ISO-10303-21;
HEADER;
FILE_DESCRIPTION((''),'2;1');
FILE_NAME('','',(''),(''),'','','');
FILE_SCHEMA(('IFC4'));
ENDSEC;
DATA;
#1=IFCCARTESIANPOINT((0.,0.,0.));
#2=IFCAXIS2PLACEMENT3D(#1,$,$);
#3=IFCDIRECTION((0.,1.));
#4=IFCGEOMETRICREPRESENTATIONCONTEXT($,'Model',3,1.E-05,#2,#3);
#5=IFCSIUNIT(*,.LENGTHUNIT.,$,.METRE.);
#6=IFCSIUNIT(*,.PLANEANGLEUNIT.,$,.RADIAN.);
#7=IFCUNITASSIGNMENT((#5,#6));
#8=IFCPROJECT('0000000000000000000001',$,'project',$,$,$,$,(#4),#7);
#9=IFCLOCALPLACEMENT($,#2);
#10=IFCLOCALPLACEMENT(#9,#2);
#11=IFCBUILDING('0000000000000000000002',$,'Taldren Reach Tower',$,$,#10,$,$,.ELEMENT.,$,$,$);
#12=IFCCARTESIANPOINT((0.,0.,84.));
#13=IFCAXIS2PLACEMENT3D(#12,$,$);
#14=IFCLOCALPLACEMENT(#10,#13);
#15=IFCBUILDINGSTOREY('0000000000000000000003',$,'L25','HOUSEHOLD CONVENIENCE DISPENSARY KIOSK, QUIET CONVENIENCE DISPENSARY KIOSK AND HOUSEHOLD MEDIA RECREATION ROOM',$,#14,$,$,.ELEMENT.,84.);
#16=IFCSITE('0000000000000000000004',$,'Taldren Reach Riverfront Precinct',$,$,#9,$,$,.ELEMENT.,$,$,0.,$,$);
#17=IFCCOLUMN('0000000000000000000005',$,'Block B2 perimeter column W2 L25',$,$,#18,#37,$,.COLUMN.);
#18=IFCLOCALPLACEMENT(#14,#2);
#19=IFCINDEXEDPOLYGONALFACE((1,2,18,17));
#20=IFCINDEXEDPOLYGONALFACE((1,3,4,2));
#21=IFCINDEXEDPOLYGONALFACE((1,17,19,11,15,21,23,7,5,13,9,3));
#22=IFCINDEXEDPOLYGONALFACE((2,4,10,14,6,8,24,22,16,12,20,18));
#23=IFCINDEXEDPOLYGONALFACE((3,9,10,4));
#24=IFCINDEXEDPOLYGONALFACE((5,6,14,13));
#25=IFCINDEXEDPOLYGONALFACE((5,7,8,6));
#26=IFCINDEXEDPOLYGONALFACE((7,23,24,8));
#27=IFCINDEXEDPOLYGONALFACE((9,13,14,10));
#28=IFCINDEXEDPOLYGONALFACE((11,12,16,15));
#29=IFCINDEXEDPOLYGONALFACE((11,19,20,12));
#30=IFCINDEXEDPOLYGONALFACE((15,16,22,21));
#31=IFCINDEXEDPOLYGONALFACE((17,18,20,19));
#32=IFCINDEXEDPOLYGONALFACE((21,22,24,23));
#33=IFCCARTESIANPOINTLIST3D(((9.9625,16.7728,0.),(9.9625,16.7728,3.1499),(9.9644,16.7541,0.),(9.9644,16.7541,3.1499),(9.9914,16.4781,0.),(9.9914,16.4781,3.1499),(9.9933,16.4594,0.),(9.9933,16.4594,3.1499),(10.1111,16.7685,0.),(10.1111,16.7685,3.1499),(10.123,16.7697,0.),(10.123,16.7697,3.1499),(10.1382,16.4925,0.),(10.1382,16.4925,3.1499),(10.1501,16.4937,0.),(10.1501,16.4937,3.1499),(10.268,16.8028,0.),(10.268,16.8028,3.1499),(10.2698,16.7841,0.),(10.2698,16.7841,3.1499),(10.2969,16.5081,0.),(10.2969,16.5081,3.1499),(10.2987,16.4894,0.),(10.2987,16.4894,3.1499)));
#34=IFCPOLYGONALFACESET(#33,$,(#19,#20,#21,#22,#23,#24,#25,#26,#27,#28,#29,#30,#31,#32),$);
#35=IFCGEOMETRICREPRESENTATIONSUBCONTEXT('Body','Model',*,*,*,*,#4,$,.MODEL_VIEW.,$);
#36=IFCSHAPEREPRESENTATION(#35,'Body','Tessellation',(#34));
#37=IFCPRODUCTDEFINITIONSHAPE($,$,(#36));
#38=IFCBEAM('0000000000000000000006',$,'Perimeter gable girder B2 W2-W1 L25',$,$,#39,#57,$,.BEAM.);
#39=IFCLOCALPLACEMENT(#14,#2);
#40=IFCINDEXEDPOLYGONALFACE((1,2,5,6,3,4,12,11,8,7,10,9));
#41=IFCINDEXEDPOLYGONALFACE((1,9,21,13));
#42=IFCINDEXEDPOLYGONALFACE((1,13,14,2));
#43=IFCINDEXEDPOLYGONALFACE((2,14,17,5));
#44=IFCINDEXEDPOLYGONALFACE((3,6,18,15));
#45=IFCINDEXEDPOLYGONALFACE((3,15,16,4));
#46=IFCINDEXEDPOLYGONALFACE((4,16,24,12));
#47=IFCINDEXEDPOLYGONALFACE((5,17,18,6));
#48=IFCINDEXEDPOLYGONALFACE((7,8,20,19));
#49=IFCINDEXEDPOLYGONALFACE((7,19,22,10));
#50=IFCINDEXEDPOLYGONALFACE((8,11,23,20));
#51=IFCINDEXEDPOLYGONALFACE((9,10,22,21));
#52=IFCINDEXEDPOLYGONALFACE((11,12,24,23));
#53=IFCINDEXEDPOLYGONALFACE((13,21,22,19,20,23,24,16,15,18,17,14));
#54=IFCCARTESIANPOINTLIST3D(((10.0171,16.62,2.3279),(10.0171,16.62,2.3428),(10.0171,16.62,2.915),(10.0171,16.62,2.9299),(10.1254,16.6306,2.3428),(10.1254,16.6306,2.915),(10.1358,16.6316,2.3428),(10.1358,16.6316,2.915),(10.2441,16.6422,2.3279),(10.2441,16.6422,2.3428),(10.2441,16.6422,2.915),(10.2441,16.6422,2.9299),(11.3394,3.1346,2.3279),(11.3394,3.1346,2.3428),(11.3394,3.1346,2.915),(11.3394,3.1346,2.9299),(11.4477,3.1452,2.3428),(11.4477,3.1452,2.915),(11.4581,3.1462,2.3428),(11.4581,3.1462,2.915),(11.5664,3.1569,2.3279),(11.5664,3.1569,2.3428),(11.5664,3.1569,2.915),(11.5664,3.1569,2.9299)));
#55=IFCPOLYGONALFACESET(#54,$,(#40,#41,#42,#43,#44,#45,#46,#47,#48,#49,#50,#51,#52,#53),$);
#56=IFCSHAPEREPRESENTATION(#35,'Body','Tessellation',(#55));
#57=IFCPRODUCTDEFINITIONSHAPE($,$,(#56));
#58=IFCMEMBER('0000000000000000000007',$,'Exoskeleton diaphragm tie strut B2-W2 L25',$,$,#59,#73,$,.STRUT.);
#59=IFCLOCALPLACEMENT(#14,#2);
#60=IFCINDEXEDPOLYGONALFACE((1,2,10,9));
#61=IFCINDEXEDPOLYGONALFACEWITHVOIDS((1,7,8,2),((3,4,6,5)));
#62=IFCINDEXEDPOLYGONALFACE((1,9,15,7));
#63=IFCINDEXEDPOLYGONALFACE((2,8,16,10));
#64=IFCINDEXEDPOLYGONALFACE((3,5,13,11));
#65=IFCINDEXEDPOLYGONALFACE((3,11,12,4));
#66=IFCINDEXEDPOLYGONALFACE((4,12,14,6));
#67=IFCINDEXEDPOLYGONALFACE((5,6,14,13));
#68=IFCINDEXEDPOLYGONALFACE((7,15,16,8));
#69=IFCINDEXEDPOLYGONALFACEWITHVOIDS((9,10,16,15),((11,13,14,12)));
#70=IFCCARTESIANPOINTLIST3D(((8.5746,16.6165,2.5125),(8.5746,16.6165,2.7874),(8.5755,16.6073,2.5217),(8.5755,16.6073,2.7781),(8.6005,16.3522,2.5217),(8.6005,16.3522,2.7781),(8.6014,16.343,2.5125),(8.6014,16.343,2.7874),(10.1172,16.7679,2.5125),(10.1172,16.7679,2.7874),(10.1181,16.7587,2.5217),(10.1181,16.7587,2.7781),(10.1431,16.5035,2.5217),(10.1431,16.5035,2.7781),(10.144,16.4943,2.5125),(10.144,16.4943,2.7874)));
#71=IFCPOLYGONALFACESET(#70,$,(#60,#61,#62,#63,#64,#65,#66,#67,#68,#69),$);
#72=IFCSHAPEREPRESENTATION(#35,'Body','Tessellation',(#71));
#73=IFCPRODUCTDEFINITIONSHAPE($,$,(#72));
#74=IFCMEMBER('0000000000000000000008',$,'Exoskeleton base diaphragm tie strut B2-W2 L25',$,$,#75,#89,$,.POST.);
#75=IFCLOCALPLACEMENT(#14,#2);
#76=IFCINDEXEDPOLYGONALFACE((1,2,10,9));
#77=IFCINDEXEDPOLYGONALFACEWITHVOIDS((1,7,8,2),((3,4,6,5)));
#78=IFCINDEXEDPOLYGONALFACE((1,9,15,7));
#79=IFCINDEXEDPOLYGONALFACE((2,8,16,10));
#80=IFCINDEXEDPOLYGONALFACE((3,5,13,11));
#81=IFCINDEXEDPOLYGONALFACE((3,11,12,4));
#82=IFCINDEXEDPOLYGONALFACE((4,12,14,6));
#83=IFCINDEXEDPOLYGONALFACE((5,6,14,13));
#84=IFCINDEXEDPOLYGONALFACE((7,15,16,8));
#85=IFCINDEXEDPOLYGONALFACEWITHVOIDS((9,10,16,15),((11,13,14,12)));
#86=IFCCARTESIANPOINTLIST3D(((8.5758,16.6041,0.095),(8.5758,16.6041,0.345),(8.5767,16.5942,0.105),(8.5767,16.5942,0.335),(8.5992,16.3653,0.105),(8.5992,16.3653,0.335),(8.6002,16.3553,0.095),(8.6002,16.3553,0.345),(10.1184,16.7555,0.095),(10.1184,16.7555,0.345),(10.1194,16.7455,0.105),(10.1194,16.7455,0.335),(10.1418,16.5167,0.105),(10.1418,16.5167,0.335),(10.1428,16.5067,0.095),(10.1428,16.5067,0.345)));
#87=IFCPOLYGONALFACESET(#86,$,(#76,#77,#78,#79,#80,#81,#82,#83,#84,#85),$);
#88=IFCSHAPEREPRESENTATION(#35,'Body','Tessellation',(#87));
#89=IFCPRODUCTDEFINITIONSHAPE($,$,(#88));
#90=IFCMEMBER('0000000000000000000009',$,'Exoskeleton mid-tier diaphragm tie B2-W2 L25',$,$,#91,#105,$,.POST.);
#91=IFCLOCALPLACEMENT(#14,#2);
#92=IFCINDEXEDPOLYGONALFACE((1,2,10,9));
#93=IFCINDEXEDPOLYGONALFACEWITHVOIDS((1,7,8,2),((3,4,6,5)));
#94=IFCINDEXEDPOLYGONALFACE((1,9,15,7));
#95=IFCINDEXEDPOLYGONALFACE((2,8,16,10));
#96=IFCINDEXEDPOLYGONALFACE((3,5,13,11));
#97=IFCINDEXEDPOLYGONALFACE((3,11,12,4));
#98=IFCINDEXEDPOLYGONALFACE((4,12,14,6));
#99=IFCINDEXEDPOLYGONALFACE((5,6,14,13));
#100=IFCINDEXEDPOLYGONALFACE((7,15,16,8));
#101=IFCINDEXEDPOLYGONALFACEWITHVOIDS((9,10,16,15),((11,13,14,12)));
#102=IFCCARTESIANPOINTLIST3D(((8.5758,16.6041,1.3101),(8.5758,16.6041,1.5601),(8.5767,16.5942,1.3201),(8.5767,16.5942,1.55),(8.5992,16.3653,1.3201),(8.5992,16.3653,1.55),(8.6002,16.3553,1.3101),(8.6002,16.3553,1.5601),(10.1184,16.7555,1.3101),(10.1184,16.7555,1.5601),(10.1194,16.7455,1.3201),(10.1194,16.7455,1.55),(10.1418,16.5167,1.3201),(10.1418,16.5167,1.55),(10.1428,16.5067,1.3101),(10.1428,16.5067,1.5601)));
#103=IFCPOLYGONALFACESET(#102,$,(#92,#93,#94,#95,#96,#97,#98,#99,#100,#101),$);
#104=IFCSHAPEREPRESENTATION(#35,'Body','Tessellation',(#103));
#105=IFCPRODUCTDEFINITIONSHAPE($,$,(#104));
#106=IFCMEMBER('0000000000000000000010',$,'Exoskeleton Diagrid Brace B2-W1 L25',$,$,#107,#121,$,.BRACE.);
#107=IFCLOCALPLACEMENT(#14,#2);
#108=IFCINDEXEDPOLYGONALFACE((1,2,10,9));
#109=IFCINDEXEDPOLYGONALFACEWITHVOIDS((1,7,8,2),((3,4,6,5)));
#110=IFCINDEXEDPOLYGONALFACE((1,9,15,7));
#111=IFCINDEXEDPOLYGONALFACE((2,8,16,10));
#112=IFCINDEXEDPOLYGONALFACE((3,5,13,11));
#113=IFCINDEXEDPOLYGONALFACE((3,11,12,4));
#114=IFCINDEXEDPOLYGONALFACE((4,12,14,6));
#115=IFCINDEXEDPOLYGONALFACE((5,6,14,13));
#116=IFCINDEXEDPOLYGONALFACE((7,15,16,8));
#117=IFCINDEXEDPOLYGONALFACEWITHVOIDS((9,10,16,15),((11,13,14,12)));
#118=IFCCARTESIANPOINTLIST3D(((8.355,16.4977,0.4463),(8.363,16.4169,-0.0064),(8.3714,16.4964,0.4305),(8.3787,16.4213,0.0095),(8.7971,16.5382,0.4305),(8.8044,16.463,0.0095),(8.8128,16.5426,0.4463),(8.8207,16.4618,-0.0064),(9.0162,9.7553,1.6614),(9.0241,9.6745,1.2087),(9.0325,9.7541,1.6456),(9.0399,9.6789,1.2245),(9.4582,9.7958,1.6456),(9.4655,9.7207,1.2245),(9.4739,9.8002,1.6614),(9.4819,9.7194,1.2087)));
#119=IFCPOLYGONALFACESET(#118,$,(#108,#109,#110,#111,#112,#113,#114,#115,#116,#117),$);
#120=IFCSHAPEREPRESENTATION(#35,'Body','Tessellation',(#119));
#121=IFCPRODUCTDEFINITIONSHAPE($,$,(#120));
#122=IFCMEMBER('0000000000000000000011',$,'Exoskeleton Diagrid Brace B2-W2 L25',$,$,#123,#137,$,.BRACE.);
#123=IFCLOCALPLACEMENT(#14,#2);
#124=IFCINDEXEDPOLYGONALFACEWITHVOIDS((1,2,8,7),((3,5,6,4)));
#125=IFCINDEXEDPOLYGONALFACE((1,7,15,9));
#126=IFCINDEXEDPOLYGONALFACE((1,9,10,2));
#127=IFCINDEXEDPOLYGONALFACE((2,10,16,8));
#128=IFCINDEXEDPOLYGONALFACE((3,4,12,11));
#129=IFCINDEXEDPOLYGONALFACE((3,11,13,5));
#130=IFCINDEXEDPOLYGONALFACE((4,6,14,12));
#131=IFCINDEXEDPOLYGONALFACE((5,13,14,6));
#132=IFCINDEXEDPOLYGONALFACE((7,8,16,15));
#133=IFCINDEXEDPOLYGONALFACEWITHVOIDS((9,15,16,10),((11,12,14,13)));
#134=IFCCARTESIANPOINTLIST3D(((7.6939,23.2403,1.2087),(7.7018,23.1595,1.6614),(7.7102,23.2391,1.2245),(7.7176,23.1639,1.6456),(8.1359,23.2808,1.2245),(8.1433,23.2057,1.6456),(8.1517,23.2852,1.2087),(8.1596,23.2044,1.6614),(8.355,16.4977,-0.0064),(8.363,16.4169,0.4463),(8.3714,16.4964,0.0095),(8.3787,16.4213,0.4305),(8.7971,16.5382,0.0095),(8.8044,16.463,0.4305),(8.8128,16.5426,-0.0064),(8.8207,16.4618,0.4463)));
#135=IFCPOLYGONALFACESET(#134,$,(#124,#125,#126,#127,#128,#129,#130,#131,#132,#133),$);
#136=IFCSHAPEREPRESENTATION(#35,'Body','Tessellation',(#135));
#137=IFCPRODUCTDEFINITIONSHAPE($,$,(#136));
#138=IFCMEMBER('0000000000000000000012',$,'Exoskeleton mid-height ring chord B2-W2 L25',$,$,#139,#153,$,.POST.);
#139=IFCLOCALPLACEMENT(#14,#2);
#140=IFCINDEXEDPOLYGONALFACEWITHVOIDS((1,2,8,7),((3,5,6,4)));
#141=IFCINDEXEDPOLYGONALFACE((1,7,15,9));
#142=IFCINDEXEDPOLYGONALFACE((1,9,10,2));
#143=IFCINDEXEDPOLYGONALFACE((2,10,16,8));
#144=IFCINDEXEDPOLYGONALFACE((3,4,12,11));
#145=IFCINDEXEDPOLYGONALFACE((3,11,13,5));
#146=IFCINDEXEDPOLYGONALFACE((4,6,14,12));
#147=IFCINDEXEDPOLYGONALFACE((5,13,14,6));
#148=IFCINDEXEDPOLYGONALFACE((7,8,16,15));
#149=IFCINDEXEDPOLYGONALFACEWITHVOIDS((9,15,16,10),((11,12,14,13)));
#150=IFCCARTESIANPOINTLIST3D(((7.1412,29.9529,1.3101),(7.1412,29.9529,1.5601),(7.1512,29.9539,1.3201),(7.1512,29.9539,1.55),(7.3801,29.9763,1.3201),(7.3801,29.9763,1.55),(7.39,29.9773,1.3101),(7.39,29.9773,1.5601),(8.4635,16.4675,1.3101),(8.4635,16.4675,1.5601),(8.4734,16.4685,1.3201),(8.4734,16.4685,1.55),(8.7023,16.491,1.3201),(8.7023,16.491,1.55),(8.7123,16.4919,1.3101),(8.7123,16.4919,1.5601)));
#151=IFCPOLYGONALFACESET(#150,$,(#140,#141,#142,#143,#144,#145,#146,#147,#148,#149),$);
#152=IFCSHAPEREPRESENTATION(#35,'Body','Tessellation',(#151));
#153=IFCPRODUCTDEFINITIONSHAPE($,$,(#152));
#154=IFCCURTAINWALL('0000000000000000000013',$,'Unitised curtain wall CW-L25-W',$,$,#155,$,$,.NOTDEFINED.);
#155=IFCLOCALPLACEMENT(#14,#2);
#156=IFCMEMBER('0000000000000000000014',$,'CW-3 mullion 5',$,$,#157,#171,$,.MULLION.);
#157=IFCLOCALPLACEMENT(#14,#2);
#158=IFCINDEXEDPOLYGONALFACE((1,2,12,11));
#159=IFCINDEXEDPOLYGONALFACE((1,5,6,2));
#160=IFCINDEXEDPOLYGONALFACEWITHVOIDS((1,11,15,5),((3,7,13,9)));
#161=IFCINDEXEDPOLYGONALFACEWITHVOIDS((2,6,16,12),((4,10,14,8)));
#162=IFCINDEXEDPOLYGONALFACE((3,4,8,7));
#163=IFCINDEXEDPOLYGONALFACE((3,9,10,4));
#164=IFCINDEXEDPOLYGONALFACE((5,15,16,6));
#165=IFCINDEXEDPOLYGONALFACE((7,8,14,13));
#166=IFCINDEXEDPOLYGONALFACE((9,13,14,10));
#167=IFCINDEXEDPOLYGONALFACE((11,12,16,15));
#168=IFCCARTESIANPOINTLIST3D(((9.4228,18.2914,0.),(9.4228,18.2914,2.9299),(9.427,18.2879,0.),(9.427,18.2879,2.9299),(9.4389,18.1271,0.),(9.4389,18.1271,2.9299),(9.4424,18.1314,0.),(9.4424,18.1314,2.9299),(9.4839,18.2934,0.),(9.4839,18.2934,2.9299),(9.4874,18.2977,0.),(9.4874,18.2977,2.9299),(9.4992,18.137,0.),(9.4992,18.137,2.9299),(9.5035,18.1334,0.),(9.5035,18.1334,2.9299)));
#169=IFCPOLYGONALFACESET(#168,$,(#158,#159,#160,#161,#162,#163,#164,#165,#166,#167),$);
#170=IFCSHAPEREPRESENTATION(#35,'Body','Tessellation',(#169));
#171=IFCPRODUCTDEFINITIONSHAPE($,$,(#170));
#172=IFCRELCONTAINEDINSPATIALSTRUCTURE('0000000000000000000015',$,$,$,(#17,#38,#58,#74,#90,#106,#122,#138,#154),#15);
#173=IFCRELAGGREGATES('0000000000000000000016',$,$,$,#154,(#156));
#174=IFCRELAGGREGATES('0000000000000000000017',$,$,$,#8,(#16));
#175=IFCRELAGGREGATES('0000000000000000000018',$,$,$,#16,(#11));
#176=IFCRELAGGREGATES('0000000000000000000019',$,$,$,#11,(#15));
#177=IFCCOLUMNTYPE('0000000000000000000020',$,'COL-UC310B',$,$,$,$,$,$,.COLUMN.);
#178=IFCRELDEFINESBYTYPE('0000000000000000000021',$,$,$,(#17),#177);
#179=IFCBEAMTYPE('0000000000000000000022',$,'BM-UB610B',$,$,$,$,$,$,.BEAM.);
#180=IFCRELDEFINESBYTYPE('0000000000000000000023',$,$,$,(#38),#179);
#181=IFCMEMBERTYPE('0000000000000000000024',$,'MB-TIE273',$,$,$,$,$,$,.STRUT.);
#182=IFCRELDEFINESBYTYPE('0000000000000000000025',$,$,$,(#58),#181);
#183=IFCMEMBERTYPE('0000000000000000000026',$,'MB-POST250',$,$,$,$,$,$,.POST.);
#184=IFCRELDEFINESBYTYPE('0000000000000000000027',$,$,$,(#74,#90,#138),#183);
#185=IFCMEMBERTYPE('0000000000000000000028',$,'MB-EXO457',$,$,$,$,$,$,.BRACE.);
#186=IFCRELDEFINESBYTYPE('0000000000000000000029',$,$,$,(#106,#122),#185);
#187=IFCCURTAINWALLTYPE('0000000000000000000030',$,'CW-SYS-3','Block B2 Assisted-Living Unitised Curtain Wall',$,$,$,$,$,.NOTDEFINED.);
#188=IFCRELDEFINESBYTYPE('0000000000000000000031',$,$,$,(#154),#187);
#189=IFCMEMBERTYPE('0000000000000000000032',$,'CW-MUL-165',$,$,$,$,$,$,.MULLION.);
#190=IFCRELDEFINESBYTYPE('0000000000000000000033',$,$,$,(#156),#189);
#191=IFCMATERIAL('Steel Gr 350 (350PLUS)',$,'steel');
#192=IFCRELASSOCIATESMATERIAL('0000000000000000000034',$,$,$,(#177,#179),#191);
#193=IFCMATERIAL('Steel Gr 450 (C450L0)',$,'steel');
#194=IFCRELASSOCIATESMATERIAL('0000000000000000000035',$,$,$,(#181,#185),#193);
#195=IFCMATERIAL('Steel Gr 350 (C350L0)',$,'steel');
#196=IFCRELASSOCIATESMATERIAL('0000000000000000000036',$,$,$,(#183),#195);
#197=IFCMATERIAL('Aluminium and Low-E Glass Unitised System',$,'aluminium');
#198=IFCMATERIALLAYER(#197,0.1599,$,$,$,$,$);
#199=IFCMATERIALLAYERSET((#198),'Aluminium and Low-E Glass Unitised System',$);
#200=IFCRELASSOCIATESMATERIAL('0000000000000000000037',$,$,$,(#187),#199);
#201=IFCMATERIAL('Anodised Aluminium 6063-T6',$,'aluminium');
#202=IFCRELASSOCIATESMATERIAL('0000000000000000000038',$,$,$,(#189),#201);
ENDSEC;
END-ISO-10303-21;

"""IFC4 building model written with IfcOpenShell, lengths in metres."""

from ifc_helpers import new_model, si_unit, direction, frame, origin, origin_2d, place, context, subcontext, project, spatial, hollow_rectangle, i_section, extrude, source, transform, mapped, material, layer, layer_set, material_profile, profile_set, type_object, element, aggregate, save


model = new_model("IFC4")

# Units and contexts
model_context = context("Model", 3, precision=1e-05, world=origin(), true_north=direction((0.0, 1.0)))
body_context = subcontext(model_context, "Body", "Model", "MODEL_VIEW")
ifc_project = project(units=[si_unit("LENGTHUNIT", "METRE"), si_unit("PLANEANGLEUNIT", "RADIAN")], contexts=[model_context])

# Site, building, storey
site_placement = place(None, origin())
site = spatial("IfcSite", under=ifc_project, at=site_placement, Name="Taldren Reach Riverfront Precinct", CompositionType="ELEMENT", RefElevation=0.0)
building_placement = place(site_placement, origin())
building = spatial("IfcBuilding", under=site, at=building_placement, Name="Taldren Reach Tower", CompositionType="ELEMENT")
storey_placement = place(building_placement, frame((0.0, 0.0, 84.0)))
storey = spatial("IfcBuildingStorey", under=building, at=storey_placement, Name="L25", Description="HOUSEHOLD CONVENIENCE DISPENSARY KIOSK, QUIET CONVENIENCE DISPENSARY KIOSK AND HOUSEHOLD MEDIA RECREATION ROOM", CompositionType="ELEMENT", Elevation=84.0)

# Column
ifc_material_1 = material(Name="Steel Gr 350 (350PLUS)", Category="steel")
ifc_material_profile_1 = material_profile(ifc_material_1, i_section(OverallWidth=0.3069, OverallDepth=0.3149, WebThickness=0.012, FlangeThickness=0.0188, at=origin_2d()), Name="310UC118")
ifc_profile_set_1 = profile_set([ifc_material_profile_1], Name="Steel Gr 350 (350PLUS)")
column_type = type_object("IfcColumnType", Name="COL-UC310B", PredefinedType="COLUMN", material=ifc_profile_set_1)
shared_shape_1 = source(origin(), body_context, "Body", "SweptSolid", [
    extrude(i_section(OverallWidth=0.3069, OverallDepth=0.3149, WebThickness=0.012, FlangeThickness=0.0188, at=origin_2d()), origin(), (0.0, 0.0, 1.0), 3.1499),
])
column_placement = place(storey_placement, frame((10.1306, 16.6311, 0.0), z_axis=(0.0, 0.0, 1.0), x_axis=(0.995227, 0.097583, 0.0)))
element("IfcColumn", 1, at=column_placement, inside=storey, type_object=column_type, Name="Block B2 perimeter column W2 L25", PredefinedType="COLUMN", context=body_context, shape_type="MappedRepresentation", body=[
    mapped(shared_shape_1, transform((0.0, 0.0, 0.0), scale=1.0)),
])

# Beam
ifc_material_profile_2 = material_profile(ifc_material_1, i_section(OverallWidth=0.228, OverallDepth=0.6021, WebThickness=0.0105, FlangeThickness=0.0149, at=origin_2d()), Name="610UB101")
ifc_profile_set_2 = profile_set([ifc_material_profile_2], Name="Steel Gr 350 (350PLUS)")
beam_type = type_object("IfcBeamType", Name="BM-UB610B", PredefinedType="BEAM", material=ifc_profile_set_2)
shared_shape_2 = source(origin(), body_context, "Body", "SweptSolid", [
    extrude(i_section(OverallWidth=0.228, OverallDepth=0.6021, WebThickness=0.0105, FlangeThickness=0.0149, at=origin_2d()), origin(), (0.0, 0.0, 1.0), 13.55),
])
beam_placement = place(storey_placement, frame((10.1306, 16.6311, 2.6289), z_axis=(0.097584, -0.995227, 0.0), x_axis=(0.995227, 0.097584, 0.0)))
element("IfcBeam", 2, at=beam_placement, inside=storey, type_object=beam_type, Name="Perimeter gable girder B2 W2-W1 L25", PredefinedType="BEAM", context=body_context, shape_type="MappedRepresentation", body=[
    mapped(shared_shape_2, transform((0.0, 0.0, 0.0), scale=1.0)),
])

# Members
ifc_material_2 = material(Name="Steel Gr 450 (C450L0)", Category="steel")
ifc_material_profile_3 = material_profile(ifc_material_2, hollow_rectangle(XDim=0.2749, YDim=0.2749, WallThickness=0.0093, at=origin_2d()), Name="275x275x9.3SHS")
ifc_profile_set_3 = profile_set([ifc_material_profile_3], Name="Steel Gr 450 (C450L0)")
member_type_1 = type_object("IfcMemberType", Name="MB-TIE273", PredefinedType="STRUT", material=ifc_profile_set_3)
shared_shape_3 = source(origin(), body_context, "Body", "SweptSolid", [
    extrude(hollow_rectangle(XDim=0.2749, YDim=0.2749, WallThickness=0.0093, at=origin_2d()), origin(), (0.0, 0.0, 1.0), 1.55),
])
member_1_placement = place(storey_placement, frame((10.1306, 16.6311, 2.6499), z_axis=(-0.995221, -0.097648, 0.0), x_axis=(0.097648, -0.995221, 0.0)))
element("IfcMember", 3, at=member_1_placement, inside=storey, type_object=member_type_1, Name="Exoskeleton diaphragm tie strut B2-W2 L25", PredefinedType="STRUT", context=body_context, shape_type="MappedRepresentation", body=[
    mapped(shared_shape_3, transform((0.0, 0.0, 0.0), scale=1.0)),
])
ifc_material_3 = material(Name="Steel Gr 350 (C350L0)", Category="steel")
ifc_material_profile_4 = material_profile(ifc_material_3, hollow_rectangle(XDim=0.25, YDim=0.25, WallThickness=0.01, at=origin_2d()), Name="250x250x10.0SHS")
ifc_profile_set_4 = profile_set([ifc_material_profile_4], Name="Steel Gr 350 (C350L0)")
member_type_2 = type_object("IfcMemberType", Name="MB-POST250", PredefinedType="POST", material=ifc_profile_set_4)
shared_shape_4 = source(origin(), body_context, "Body", "SweptSolid", [
    extrude(hollow_rectangle(XDim=0.25, YDim=0.25, WallThickness=0.01, at=origin_2d()), origin(), (0.0, 0.0, 1.0), 1.55),
])
for number, where, z_axis, x_axis, name in (
    (4, (10.1306, 16.6311, 0.22), (-0.995221, -0.097648, 0.0), (0.097648, -0.995221, 0.0), "Exoskeleton base diaphragm tie strut B2-W2 L25"),
    (5, (10.1306, 16.6311, 1.4351), (-0.995221, -0.097648, 0.0), (0.097648, -0.995221, 0.0), "Exoskeleton mid-tier diaphragm tie B2-W2 L25"),
):
    element("IfcMember", number, at=place(storey_placement, frame(where, z_axis=z_axis, x_axis=x_axis)), inside=storey, type_object=member_type_2, Name=name, PredefinedType="POST", context=body_context, shape_type="MappedRepresentation", body=[
        mapped(shared_shape_4, transform((0.0, 0.0, 0.0), scale=1.0)),
    ])
ifc_material_profile_5 = material_profile(ifc_material_2, hollow_rectangle(XDim=0.46, YDim=0.46, WallThickness=0.0161, at=origin_2d()), Name="460x460x16.0SHS")
ifc_profile_set_5 = profile_set([ifc_material_profile_5], Name="Steel Gr 450 (C450L0)")
member_type_3 = type_object("IfcMemberType", Name="MB-EXO457", PredefinedType="BRACE", material=ifc_profile_set_5)
shared_shape_5 = source(origin(), body_context, "Body", "SweptSolid", [
    extrude(hollow_rectangle(XDim=0.46, YDim=0.46, WallThickness=0.0161, at=origin_2d()), origin(), (0.0, 0.0, 1.0), 6.8828),
])
member_2_placement = place(storey_placement, frame((8.5879, 16.4797, 0.22), z_axis=(0.096055, -0.979596, 0.176538), x_axis=(0.995227, 0.097588, 0.0)))
element("IfcMember", 6, at=member_2_placement, inside=storey, type_object=member_type_3, Name="Exoskeleton Diagrid Brace B2-W1 L25", PredefinedType="BRACE", context=body_context, shape_type="MappedRepresentation", body=[
    mapped(shared_shape_5, transform((0.0, 0.0, 0.0), scale=1.0)),
])
shared_shape_6 = source(origin(), body_context, "Body", "SweptSolid", [
    extrude(hollow_rectangle(XDim=0.46, YDim=0.46, WallThickness=0.0161, at=origin_2d()), origin(), (0.0, 0.0, 1.0), 6.8831),
])
member_3_placement = place(storey_placement, frame((8.5879, 16.4797, 0.22), z_axis=(-0.096051, 0.979597, 0.176532), x_axis=(-0.995227, -0.097584, 0.0)))
element("IfcMember", 7, at=member_3_placement, inside=storey, type_object=member_type_3, Name="Exoskeleton Diagrid Brace B2-W2 L25", PredefinedType="BRACE", context=body_context, shape_type="MappedRepresentation", body=[
    mapped(shared_shape_6, transform((0.0, 0.0, 0.0), scale=1.0)),
])
shared_shape_7 = source(origin(), body_context, "Body", "SweptSolid", [
    extrude(hollow_rectangle(XDim=0.25, YDim=0.25, WallThickness=0.01, at=origin_2d()), origin(), (0.0, 0.0, 1.0), 13.55),
])
member_4_placement = place(storey_placement, frame((8.5879, 16.4797, 1.4351), z_axis=(-0.097584, 0.995227, 0.0), x_axis=(-0.995227, -0.097584, 0.0)))
element("IfcMember", 8, at=member_4_placement, inside=storey, type_object=member_type_2, Name="Exoskeleton mid-height ring chord B2-W2 L25", PredefinedType="POST", context=body_context, shape_type="MappedRepresentation", body=[
    mapped(shared_shape_7, transform((0.0, 0.0, 0.0), scale=1.0)),
])

# Curtain wall, member
ifc_material_4 = material(Name="Aluminium and Low-E Glass Unitised System", Category="aluminium")
ifc_layer_1 = layer(ifc_material_4, 0.1599)
ifc_layer_set_1 = layer_set([ifc_layer_1], Name="Aluminium and Low-E Glass Unitised System")
curtain_wall_type = type_object("IfcCurtainWallType", Name="CW-SYS-3", Description="Block B2 Assisted-Living Unitised Curtain Wall", PredefinedType="NOTDEFINED", material=ifc_layer_set_1)
curtain_wall_placement = place(storey_placement, origin())
curtain_wall = element("IfcCurtainWall", 9, at=curtain_wall_placement, inside=storey, type_object=curtain_wall_type, Name="Unitised curtain wall CW-L25-W", PredefinedType="NOTDEFINED")
ifc_material_5 = material(Name="Anodised Aluminium 6063-T6", Category="aluminium")
ifc_material_profile_6 = material_profile(ifc_material_5, hollow_rectangle(XDim=0.0649, YDim=0.165, WallThickness=0.0039, at=origin_2d()), Name="ALU-165x65x4RHS")
ifc_profile_set_6 = profile_set([ifc_material_profile_6], Name="Anodised Aluminium 6063-T6")
member_type_4 = type_object("IfcMemberType", Name="CW-MUL-165", PredefinedType="MULLION", material=ifc_profile_set_6)
shared_shape_8 = source(origin(), body_context, "Body", "SweptSolid", [
    extrude(hollow_rectangle(XDim=0.0649, YDim=0.165, WallThickness=0.0039, at=origin_2d()), origin(), (0.0, 0.0, 1.0), 2.9299),
])
member_5_placement = place(storey_placement, frame((9.4631, 18.2124, 0.0), z_axis=(0.0, 0.0, 1.0), x_axis=(0.995227, 0.097583, 0.0)))
member_5 = element("IfcMember", 10, at=member_5_placement, type_object=member_type_4, Name="CW-3 mullion 5", PredefinedType="MULLION", context=body_context, shape_type="MappedRepresentation", body=[
    mapped(shared_shape_8, transform((0.0, 0.0, 0.0), scale=1.0)),
])

aggregate(curtain_wall, [member_5])

save(model, "model.ifc")
